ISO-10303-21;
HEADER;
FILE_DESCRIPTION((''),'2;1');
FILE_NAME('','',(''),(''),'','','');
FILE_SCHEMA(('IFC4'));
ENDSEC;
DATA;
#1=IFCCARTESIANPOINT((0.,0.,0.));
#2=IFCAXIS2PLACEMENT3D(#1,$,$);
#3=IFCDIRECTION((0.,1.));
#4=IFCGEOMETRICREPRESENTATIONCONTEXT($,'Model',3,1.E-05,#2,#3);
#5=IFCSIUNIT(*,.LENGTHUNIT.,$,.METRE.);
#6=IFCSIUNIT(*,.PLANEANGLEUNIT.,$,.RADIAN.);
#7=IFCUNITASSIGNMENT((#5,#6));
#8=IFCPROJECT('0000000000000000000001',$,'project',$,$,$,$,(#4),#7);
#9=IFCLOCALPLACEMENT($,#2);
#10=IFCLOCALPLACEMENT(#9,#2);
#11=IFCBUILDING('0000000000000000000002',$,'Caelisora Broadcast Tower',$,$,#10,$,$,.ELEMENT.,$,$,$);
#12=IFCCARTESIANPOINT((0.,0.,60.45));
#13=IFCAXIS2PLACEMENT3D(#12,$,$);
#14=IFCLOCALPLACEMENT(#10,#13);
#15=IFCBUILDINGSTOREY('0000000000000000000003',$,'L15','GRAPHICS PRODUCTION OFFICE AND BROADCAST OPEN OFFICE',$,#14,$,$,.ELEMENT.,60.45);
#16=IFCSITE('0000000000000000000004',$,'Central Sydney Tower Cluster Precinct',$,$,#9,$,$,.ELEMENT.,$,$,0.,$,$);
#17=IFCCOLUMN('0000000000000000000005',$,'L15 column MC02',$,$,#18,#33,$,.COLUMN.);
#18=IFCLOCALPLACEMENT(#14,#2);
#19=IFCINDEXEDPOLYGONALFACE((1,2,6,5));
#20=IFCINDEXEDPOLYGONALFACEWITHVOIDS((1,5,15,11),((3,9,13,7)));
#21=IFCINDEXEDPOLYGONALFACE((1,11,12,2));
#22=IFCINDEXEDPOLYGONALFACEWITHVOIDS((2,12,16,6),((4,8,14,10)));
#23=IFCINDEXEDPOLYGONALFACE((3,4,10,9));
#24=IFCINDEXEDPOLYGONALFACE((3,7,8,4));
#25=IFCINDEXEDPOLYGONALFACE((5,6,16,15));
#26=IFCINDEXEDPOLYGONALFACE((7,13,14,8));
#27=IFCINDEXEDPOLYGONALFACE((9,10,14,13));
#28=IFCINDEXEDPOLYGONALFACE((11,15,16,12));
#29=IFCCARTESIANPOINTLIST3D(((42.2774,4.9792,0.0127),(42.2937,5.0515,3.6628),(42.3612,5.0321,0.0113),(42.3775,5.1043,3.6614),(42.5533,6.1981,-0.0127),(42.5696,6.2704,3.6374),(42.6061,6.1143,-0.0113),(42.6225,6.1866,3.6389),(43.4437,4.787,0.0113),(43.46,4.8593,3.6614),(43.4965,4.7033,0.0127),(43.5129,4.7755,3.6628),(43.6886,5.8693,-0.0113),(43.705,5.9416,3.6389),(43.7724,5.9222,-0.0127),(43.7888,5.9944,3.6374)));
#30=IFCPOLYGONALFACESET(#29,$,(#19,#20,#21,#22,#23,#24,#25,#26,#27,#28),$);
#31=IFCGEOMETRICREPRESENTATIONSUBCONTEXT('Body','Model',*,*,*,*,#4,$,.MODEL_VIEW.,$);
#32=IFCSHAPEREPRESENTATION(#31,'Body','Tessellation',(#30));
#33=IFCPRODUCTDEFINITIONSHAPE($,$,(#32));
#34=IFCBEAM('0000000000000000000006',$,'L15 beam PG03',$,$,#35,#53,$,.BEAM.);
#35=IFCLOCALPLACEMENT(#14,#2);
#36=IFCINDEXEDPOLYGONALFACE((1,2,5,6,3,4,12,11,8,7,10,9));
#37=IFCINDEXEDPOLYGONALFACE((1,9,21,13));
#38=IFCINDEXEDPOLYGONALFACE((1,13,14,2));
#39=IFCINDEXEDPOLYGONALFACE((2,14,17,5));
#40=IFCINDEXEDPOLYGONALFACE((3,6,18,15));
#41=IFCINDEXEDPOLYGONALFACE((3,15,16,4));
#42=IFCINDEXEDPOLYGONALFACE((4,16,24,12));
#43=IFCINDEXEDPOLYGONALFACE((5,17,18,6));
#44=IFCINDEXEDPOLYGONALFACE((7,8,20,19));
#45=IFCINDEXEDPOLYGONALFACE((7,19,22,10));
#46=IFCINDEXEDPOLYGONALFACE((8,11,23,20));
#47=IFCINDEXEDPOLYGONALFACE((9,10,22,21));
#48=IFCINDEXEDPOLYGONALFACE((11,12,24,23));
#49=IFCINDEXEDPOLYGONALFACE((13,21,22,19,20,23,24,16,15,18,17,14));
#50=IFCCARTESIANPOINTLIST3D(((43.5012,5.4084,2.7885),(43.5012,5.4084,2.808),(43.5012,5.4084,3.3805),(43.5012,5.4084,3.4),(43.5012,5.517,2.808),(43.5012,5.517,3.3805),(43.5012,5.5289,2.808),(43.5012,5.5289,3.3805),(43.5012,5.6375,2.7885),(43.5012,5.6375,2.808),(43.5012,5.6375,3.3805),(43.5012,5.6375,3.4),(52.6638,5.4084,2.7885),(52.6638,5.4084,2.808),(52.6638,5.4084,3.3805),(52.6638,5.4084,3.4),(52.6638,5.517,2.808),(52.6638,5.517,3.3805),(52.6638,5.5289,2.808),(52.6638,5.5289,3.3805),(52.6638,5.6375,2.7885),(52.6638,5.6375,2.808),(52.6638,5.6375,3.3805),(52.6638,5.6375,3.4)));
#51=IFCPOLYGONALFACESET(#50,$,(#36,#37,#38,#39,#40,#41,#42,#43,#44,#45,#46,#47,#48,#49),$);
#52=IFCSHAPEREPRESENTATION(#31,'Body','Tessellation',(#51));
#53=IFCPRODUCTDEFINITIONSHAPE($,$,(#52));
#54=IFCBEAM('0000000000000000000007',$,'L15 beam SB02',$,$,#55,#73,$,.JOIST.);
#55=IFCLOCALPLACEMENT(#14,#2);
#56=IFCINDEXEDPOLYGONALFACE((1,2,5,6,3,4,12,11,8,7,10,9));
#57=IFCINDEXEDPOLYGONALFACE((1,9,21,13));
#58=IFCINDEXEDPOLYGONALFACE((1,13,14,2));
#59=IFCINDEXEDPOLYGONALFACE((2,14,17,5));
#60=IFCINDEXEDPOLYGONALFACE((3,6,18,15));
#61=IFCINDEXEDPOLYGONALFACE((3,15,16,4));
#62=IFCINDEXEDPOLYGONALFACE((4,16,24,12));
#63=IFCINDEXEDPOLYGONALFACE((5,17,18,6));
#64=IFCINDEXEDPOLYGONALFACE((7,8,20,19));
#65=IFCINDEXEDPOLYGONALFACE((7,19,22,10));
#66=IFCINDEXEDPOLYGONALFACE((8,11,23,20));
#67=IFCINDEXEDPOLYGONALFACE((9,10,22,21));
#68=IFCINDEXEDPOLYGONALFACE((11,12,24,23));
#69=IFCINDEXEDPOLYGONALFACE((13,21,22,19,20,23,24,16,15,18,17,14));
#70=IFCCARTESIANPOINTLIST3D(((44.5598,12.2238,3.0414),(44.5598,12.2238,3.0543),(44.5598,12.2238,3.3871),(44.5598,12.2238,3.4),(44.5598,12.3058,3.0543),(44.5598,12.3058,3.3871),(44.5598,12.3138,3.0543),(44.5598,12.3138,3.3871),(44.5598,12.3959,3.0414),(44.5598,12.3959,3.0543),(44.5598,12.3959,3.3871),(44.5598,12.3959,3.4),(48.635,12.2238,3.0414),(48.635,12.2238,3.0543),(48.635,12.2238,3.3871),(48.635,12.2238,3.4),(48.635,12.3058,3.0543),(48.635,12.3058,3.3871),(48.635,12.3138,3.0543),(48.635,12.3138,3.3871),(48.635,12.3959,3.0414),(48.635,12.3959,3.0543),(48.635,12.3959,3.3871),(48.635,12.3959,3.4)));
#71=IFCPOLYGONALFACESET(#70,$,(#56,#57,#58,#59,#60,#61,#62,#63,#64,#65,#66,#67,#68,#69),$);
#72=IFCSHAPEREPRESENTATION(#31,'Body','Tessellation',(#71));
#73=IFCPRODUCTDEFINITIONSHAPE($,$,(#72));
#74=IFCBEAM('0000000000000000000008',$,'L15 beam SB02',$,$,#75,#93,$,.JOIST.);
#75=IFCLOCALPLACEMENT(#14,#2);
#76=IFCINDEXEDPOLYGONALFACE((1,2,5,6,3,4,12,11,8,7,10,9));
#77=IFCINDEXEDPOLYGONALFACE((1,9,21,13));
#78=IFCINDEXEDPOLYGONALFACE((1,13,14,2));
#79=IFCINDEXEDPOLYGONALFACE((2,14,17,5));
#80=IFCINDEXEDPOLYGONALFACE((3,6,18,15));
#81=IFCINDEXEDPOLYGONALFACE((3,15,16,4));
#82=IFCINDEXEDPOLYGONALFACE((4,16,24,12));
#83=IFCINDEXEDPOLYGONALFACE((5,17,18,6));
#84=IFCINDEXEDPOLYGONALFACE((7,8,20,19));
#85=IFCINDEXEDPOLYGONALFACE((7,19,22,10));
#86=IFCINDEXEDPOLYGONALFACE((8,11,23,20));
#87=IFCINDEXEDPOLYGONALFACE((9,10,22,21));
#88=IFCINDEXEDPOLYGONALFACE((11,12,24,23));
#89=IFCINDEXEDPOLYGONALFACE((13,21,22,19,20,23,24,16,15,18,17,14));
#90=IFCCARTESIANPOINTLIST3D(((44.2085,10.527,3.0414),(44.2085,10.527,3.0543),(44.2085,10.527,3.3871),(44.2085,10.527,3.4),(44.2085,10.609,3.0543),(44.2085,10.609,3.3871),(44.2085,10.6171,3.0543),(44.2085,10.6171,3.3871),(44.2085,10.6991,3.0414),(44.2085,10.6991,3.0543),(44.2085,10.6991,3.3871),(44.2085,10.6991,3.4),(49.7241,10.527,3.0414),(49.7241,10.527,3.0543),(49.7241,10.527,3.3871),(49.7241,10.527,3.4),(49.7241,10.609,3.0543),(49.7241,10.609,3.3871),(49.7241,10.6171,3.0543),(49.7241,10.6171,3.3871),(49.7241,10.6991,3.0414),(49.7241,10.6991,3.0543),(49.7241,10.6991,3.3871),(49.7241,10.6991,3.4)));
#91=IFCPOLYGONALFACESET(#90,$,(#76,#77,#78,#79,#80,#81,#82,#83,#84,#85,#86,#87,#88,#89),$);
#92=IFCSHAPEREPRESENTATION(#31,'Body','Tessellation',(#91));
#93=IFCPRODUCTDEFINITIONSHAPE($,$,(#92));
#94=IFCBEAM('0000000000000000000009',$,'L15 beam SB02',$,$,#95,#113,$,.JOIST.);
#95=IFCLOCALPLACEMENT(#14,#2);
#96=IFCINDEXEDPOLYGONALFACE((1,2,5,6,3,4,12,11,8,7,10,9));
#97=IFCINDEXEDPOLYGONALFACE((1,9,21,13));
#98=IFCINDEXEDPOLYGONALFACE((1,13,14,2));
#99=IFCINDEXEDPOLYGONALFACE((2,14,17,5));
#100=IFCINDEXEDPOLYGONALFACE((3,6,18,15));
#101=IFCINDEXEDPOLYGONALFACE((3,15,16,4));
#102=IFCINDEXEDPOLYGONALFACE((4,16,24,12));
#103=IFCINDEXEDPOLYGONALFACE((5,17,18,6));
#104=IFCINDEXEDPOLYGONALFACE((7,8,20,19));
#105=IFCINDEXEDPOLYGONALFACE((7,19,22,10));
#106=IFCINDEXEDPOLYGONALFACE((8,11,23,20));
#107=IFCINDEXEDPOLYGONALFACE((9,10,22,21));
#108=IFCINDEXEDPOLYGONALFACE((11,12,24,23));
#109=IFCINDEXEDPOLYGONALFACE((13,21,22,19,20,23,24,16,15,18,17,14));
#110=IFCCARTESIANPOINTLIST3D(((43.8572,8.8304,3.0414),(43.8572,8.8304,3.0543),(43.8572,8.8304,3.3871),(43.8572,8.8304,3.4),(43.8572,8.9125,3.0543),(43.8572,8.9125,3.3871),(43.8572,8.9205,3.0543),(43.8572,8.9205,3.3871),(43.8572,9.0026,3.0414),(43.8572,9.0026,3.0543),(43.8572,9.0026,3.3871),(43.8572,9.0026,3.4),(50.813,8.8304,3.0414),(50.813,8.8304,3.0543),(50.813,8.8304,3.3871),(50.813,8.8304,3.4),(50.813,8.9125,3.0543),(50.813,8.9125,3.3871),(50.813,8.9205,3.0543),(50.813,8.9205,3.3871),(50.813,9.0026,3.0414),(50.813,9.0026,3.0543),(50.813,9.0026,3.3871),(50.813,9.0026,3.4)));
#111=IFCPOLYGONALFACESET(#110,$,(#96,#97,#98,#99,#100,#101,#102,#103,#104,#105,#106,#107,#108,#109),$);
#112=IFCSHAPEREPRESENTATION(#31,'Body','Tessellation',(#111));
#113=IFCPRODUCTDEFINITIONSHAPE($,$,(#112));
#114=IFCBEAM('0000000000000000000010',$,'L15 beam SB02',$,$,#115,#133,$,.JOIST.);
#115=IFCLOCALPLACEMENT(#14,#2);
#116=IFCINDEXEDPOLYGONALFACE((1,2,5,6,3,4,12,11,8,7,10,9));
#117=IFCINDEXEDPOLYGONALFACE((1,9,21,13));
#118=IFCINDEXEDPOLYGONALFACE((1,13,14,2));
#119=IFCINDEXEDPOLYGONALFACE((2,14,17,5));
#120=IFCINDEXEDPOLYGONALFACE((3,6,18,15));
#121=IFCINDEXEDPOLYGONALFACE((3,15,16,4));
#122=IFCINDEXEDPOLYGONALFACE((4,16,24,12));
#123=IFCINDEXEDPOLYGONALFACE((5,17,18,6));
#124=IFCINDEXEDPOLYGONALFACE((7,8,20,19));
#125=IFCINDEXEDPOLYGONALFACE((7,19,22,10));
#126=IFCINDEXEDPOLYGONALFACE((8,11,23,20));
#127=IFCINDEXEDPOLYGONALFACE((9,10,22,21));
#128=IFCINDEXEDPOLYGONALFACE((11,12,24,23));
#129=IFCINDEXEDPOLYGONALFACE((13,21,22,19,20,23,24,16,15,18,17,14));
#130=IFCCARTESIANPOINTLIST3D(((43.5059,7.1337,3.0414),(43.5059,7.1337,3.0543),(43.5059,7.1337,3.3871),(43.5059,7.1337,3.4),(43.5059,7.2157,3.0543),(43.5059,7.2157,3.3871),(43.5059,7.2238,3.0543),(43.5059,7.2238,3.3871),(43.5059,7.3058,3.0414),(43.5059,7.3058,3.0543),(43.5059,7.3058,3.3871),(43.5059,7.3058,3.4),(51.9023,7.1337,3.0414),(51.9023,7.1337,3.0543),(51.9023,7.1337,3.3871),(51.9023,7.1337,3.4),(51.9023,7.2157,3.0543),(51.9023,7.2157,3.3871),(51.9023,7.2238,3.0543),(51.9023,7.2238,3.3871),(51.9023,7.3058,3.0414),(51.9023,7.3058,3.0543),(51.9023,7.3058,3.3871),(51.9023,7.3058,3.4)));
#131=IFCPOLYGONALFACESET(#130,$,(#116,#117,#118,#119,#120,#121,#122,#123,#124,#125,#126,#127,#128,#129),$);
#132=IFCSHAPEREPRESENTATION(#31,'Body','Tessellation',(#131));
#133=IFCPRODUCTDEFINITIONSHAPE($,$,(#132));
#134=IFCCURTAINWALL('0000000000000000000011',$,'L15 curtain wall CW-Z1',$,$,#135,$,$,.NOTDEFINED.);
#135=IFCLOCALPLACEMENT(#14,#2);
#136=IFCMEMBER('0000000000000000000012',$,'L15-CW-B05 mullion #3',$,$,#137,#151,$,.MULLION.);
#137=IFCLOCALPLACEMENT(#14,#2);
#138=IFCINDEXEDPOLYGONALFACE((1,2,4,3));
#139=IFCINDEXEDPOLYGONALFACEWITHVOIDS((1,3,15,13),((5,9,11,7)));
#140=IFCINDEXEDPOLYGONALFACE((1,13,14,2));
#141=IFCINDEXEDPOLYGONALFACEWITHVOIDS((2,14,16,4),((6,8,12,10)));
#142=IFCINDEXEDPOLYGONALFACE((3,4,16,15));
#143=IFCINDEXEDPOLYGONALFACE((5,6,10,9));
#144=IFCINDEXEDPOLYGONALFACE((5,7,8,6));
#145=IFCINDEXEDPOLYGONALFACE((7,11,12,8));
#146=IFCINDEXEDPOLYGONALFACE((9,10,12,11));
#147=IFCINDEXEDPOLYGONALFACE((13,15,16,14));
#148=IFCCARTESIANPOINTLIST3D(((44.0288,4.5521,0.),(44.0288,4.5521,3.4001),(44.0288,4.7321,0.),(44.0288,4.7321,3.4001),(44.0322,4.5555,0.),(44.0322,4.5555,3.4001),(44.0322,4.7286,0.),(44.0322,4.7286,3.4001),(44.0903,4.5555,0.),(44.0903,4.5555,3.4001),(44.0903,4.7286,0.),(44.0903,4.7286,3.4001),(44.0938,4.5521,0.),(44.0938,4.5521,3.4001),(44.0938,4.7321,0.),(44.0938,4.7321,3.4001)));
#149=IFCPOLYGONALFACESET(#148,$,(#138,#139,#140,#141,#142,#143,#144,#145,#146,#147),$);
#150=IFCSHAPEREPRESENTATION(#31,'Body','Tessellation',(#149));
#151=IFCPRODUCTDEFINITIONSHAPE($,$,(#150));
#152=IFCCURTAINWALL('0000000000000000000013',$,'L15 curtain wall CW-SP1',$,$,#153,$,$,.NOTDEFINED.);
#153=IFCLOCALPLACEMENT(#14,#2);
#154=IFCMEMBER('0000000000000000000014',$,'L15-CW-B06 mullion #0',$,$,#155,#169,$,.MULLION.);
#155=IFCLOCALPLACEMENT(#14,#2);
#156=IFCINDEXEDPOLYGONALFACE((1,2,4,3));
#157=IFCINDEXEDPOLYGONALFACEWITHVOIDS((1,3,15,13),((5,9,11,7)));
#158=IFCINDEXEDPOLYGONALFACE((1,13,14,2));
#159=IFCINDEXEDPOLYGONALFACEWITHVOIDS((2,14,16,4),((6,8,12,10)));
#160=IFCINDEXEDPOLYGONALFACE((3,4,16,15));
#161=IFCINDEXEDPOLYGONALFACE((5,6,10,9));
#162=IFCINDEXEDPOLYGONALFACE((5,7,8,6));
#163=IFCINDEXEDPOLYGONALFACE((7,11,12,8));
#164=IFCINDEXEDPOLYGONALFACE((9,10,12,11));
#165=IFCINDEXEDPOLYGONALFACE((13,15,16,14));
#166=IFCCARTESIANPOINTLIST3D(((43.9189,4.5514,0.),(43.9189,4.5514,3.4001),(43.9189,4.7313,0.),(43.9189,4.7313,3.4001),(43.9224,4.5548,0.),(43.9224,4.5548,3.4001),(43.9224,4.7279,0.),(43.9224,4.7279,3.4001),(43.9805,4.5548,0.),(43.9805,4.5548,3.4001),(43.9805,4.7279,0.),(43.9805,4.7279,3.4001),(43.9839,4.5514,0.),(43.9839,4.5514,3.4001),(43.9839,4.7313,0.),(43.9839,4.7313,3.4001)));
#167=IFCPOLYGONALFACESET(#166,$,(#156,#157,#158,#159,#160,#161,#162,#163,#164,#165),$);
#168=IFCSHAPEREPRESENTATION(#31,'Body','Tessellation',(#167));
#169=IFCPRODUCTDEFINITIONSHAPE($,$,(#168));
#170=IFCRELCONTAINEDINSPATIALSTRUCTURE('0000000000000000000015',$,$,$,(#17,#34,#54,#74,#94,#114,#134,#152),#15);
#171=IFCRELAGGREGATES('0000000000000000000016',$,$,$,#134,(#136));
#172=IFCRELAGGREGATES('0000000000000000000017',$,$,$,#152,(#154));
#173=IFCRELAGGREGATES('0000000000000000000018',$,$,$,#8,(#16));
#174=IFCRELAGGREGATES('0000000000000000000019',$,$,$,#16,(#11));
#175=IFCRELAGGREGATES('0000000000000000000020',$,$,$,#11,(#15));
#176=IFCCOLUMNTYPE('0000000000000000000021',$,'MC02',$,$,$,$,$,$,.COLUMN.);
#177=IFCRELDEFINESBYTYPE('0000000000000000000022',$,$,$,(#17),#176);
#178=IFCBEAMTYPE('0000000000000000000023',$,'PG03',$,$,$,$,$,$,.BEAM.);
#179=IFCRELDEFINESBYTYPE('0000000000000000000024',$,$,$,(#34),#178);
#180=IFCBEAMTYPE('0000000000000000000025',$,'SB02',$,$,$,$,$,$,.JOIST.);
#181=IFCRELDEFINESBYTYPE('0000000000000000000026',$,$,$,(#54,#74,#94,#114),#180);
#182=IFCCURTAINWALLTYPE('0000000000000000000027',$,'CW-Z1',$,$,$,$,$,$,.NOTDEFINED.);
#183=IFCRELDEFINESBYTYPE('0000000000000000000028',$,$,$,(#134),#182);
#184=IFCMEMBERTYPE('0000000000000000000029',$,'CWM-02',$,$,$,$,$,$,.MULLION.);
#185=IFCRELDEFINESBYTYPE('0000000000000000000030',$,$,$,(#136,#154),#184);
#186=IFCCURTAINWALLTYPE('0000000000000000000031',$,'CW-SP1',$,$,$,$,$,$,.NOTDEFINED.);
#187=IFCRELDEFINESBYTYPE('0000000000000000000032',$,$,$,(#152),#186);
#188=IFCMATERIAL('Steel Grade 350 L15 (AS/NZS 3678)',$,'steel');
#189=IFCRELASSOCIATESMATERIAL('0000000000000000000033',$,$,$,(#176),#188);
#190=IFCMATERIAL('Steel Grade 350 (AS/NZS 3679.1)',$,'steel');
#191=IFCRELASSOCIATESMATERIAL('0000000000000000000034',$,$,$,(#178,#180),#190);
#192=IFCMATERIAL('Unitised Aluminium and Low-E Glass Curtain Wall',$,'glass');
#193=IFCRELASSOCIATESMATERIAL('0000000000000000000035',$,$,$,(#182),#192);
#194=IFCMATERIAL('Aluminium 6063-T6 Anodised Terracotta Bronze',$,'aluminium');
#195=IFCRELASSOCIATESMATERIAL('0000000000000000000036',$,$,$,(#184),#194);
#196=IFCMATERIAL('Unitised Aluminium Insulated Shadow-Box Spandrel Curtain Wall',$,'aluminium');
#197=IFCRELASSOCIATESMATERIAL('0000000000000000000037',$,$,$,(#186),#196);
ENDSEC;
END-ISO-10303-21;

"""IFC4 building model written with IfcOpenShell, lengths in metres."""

from ifc_helpers import new_model, si_unit, direction, frame, origin, origin_2d, place, context, subcontext, project, spatial, hollow_rectangle, i_section, extrude, source, transform, mapped, material, material_profile, profile_set, type_object, type_shapes, element, aggregate, save


model = new_model("IFC4")

# Units and contexts
model_context = context("Model", 3, precision=1e-05, world=origin(), true_north=direction((0.0, 1.0)))
body_context = subcontext(model_context, "Body", "Model", "MODEL_VIEW")
ifc_project = project(units=[si_unit("LENGTHUNIT", "METRE"), si_unit("PLANEANGLEUNIT", "RADIAN")], contexts=[model_context])

# Site, building, storey
site_placement = place(None, origin())
site = spatial("IfcSite", under=ifc_project, at=site_placement, Name="Central Sydney Tower Cluster Precinct", CompositionType="ELEMENT", RefElevation=0.0)
building_placement = place(site_placement, origin())
building = spatial("IfcBuilding", under=site, at=building_placement, Name="Caelisora Broadcast Tower", CompositionType="ELEMENT")
storey_placement = place(building_placement, frame((0.0, 0.0, 60.45)))
storey = spatial("IfcBuildingStorey", under=building, at=storey_placement, Name="L15", Description="GRAPHICS PRODUCTION OFFICE AND BROADCAST OPEN OFFICE", CompositionType="ELEMENT", Elevation=60.45)

# Column
ifc_material_1 = material(Name="Steel Grade 350 L15 (AS/NZS 3678)", Category="steel")
ifc_material_profile_1 = material_profile(ifc_material_1, hollow_rectangle(XDim=1.25, YDim=1.25, WallThickness=0.0701, at=origin_2d()), Name="Steel Grade 350 L15 (AS/NZS 3678)")
ifc_profile_set_1 = profile_set([ifc_material_profile_1], Name="Steel Grade 350 L15 (AS/NZS 3678)")
column_type = type_object("IfcColumnType", Name="MC02", PredefinedType="COLUMN", material=ifc_profile_set_1)
shared_shape_1 = source(origin(), body_context, "Body", "SweptSolid", [
    extrude(hollow_rectangle(XDim=1.25, YDim=1.25, WallThickness=0.0701, at=origin_2d()), origin(), (0.0, 0.0, 1.0), 3.6509),
])
type_shapes(column_type, [shared_shape_1])
column_placement = place(storey_placement, frame((43.0249, 5.4507, 0.0), z_axis=(0.00448, 0.019794, 0.999794), x_axis=(-0.975327, 0.220767, 0.0)))
element("IfcColumn", 1, at=column_placement, inside=storey, type_object=column_type, Name="L15 column MC02", PredefinedType="COLUMN", context=body_context, shape_type="MappedRepresentation", body=[
    mapped(shared_shape_1, transform((0.0, 0.0, 0.0), scale=1.0)),
])

# Beams
ifc_material_2 = material(Name="Steel Grade 350 (AS/NZS 3679.1)", Category="steel")
ifc_material_profile_2 = material_profile(ifc_material_2, i_section(OverallWidth=0.229, OverallDepth=0.6116, WebThickness=0.012, FlangeThickness=0.0195, at=origin_2d()), Name="Steel Grade 350 (AS/NZS 3679.1)")
ifc_profile_set_2 = profile_set([ifc_material_profile_2], Name="Steel Grade 350 (AS/NZS 3679.1)")
beam_type_1 = type_object("IfcBeamType", Name="PG03", PredefinedType="BEAM", material=ifc_profile_set_2)
shared_shape_2 = source(origin(), body_context, "Body", "SweptSolid", [
    extrude(i_section(OverallWidth=0.229, OverallDepth=0.6116, WebThickness=0.012, FlangeThickness=0.0195, at=origin_2d()), origin(), (0.0, 0.0, 1.0), 9.1626),
])
type_shapes(beam_type_1, [shared_shape_2])
beam_1_placement = place(storey_placement, frame((43.5012, 5.5229, 3.0942), z_axis=(1.0, 0.0, 0.0), x_axis=(0.0, 1.0, 0.0)))
element("IfcBeam", 2, at=beam_1_placement, inside=storey, type_object=beam_type_1, Name="L15 beam PG03", PredefinedType="BEAM", context=body_context, shape_type="MappedRepresentation", body=[
    mapped(shared_shape_2, transform((0.0, 0.0, 0.0), scale=1.0)),
])
ifc_material_profile_3 = material_profile(ifc_material_2, i_section(OverallWidth=0.1721, OverallDepth=0.3586, WebThickness=0.0081, FlangeThickness=0.0129, at=origin_2d()), Name="Steel Grade 350 (AS/NZS 3679.1)")
ifc_profile_set_3 = profile_set([ifc_material_profile_3], Name="Steel Grade 350 (AS/NZS 3679.1)")
beam_type_2 = type_object("IfcBeamType", Name="SB02", PredefinedType="JOIST", material=ifc_profile_set_3)
shared_shape_3 = source(origin(), body_context, "Body", "SweptSolid", [
    extrude(i_section(OverallWidth=0.1721, OverallDepth=0.3586, WebThickness=0.0081, FlangeThickness=0.0129, at=origin_2d()), origin(), (0.0, 0.0, 1.0), 4.0752),
])
beam_2_placement = place(storey_placement, frame((44.5598, 12.3098, 3.2207), z_axis=(1.0, 0.0, 0.0), x_axis=(0.0, 1.0, 0.0)))
element("IfcBeam", 3, at=beam_2_placement, inside=storey, type_object=beam_type_2, Name="L15 beam SB02", PredefinedType="JOIST", context=body_context, shape_type="MappedRepresentation", body=[
    mapped(shared_shape_3, transform((0.0, 0.0, 0.0), scale=1.0)),
])
shared_shape_4 = source(origin(), body_context, "Body", "SweptSolid", [
    extrude(i_section(OverallWidth=0.1721, OverallDepth=0.3586, WebThickness=0.0081, FlangeThickness=0.0129, at=origin_2d()), origin(), (0.0, 0.0, 1.0), 5.5156),
])
beam_3_placement = place(storey_placement, frame((44.2085, 10.613, 3.2207), z_axis=(1.0, 0.0, 0.0), x_axis=(0.0, 1.0, 0.0)))
element("IfcBeam", 4, at=beam_3_placement, inside=storey, type_object=beam_type_2, Name="L15 beam SB02", PredefinedType="JOIST", context=body_context, shape_type="MappedRepresentation", body=[
    mapped(shared_shape_4, transform((0.0, 0.0, 0.0), scale=1.0)),
])
shared_shape_5 = source(origin(), body_context, "Body", "SweptSolid", [
    extrude(i_section(OverallWidth=0.1721, OverallDepth=0.3586, WebThickness=0.0081, FlangeThickness=0.0129, at=origin_2d()), origin(), (0.0, 0.0, 1.0), 6.9558),
])
beam_4_placement = place(storey_placement, frame((43.8572, 8.9165, 3.2207), z_axis=(1.0, 0.0, 0.0), x_axis=(0.0, 1.0, 0.0)))
element("IfcBeam", 5, at=beam_4_placement, inside=storey, type_object=beam_type_2, Name="L15 beam SB02", PredefinedType="JOIST", context=body_context, shape_type="MappedRepresentation", body=[
    mapped(shared_shape_5, transform((0.0, 0.0, 0.0), scale=1.0)),
])
shared_shape_6 = source(origin(), body_context, "Body", "SweptSolid", [
    extrude(i_section(OverallWidth=0.1721, OverallDepth=0.3586, WebThickness=0.0081, FlangeThickness=0.0129, at=origin_2d()), origin(), (0.0, 0.0, 1.0), 8.3965),
])
type_shapes(beam_type_2, [shared_shape_3, shared_shape_4, shared_shape_5, shared_shape_6])
beam_5_placement = place(storey_placement, frame((43.5059, 7.2197, 3.2207), z_axis=(1.0, 0.0, 0.0), x_axis=(0.0, 1.0, 0.0)))
element("IfcBeam", 6, at=beam_5_placement, inside=storey, type_object=beam_type_2, Name="L15 beam SB02", PredefinedType="JOIST", context=body_context, shape_type="MappedRepresentation", body=[
    mapped(shared_shape_6, transform((0.0, 0.0, 0.0), scale=1.0)),
])

# Curtain wall, member
ifc_material_3 = material(Name="Unitised Aluminium and Low-E Glass Curtain Wall", Category="glass")
curtain_wall_type_1 = type_object("IfcCurtainWallType", Name="CW-Z1", PredefinedType="NOTDEFINED", material=ifc_material_3)
curtain_wall_1_placement = place(storey_placement, origin())
curtain_wall_1 = element("IfcCurtainWall", 7, at=curtain_wall_1_placement, inside=storey, type_object=curtain_wall_type_1, Name="L15 curtain wall CW-Z1", PredefinedType="NOTDEFINED")
ifc_material_4 = material(Name="Aluminium 6063-T6 Anodised Terracotta Bronze", Category="aluminium")
ifc_material_profile_4 = material_profile(ifc_material_4, hollow_rectangle(XDim=0.0649, YDim=0.1799, WallThickness=0.0034, at=origin_2d()), Name="Aluminium 6063-T6 Anodised Terracotta Bronze")
ifc_profile_set_4 = profile_set([ifc_material_profile_4], Name="Aluminium 6063-T6 Anodised Terracotta Bronze")
member_type_1 = type_object("IfcMemberType", Name="CWM-02", PredefinedType="MULLION", material=ifc_profile_set_4)
shared_shape_7 = source(origin(), body_context, "Body", "SweptSolid", [
    extrude(hollow_rectangle(XDim=0.0649, YDim=0.1799, WallThickness=0.0034, at=origin_2d()), origin(), (0.0, 0.0, 1.0), 3.4001),
])
type_shapes(member_type_1, [shared_shape_7])
member_1_placement = place(storey_placement, frame((44.0613, 4.6421, 0.0), z_axis=(0.0, 0.0, 1.0), x_axis=(1.0, 0.0, 0.0)))
member_1 = element("IfcMember", 8, at=member_1_placement, type_object=member_type_1, Name="L15-CW-B05 mullion #3", PredefinedType="MULLION", context=body_context, shape_type="MappedRepresentation", body=[
    mapped(shared_shape_7, transform((0.0, 0.0, 0.0), scale=1.0)),
])
aggregate(curtain_wall_1, [member_1])

# Curtain wall, member
ifc_material_5 = material(Name="Unitised Aluminium Insulated Shadow-Box Spandrel Curtain Wall", Category="aluminium")
curtain_wall_type_2 = type_object("IfcCurtainWallType", Name="CW-SP1", PredefinedType="NOTDEFINED", material=ifc_material_5)
curtain_wall_2_placement = place(storey_placement, origin())
curtain_wall_2 = element("IfcCurtainWall", 9, at=curtain_wall_2_placement, inside=storey, type_object=curtain_wall_type_2, Name="L15 curtain wall CW-SP1", PredefinedType="NOTDEFINED")
member_2_placement = place(storey_placement, frame((43.9514, 4.6414, 0.0), z_axis=(0.0, 0.0, 1.0), x_axis=(1.0, 0.0, 0.0)))
member_2 = element("IfcMember", 10, at=member_2_placement, type_object=member_type_1, Name="L15-CW-B06 mullion #0", PredefinedType="MULLION", context=body_context, shape_type="MappedRepresentation", body=[
    mapped(shared_shape_7, transform((0.0, 0.0, 0.0), scale=1.0)),
])

aggregate(curtain_wall_2, [member_2])

save(model, "model.ifc")
